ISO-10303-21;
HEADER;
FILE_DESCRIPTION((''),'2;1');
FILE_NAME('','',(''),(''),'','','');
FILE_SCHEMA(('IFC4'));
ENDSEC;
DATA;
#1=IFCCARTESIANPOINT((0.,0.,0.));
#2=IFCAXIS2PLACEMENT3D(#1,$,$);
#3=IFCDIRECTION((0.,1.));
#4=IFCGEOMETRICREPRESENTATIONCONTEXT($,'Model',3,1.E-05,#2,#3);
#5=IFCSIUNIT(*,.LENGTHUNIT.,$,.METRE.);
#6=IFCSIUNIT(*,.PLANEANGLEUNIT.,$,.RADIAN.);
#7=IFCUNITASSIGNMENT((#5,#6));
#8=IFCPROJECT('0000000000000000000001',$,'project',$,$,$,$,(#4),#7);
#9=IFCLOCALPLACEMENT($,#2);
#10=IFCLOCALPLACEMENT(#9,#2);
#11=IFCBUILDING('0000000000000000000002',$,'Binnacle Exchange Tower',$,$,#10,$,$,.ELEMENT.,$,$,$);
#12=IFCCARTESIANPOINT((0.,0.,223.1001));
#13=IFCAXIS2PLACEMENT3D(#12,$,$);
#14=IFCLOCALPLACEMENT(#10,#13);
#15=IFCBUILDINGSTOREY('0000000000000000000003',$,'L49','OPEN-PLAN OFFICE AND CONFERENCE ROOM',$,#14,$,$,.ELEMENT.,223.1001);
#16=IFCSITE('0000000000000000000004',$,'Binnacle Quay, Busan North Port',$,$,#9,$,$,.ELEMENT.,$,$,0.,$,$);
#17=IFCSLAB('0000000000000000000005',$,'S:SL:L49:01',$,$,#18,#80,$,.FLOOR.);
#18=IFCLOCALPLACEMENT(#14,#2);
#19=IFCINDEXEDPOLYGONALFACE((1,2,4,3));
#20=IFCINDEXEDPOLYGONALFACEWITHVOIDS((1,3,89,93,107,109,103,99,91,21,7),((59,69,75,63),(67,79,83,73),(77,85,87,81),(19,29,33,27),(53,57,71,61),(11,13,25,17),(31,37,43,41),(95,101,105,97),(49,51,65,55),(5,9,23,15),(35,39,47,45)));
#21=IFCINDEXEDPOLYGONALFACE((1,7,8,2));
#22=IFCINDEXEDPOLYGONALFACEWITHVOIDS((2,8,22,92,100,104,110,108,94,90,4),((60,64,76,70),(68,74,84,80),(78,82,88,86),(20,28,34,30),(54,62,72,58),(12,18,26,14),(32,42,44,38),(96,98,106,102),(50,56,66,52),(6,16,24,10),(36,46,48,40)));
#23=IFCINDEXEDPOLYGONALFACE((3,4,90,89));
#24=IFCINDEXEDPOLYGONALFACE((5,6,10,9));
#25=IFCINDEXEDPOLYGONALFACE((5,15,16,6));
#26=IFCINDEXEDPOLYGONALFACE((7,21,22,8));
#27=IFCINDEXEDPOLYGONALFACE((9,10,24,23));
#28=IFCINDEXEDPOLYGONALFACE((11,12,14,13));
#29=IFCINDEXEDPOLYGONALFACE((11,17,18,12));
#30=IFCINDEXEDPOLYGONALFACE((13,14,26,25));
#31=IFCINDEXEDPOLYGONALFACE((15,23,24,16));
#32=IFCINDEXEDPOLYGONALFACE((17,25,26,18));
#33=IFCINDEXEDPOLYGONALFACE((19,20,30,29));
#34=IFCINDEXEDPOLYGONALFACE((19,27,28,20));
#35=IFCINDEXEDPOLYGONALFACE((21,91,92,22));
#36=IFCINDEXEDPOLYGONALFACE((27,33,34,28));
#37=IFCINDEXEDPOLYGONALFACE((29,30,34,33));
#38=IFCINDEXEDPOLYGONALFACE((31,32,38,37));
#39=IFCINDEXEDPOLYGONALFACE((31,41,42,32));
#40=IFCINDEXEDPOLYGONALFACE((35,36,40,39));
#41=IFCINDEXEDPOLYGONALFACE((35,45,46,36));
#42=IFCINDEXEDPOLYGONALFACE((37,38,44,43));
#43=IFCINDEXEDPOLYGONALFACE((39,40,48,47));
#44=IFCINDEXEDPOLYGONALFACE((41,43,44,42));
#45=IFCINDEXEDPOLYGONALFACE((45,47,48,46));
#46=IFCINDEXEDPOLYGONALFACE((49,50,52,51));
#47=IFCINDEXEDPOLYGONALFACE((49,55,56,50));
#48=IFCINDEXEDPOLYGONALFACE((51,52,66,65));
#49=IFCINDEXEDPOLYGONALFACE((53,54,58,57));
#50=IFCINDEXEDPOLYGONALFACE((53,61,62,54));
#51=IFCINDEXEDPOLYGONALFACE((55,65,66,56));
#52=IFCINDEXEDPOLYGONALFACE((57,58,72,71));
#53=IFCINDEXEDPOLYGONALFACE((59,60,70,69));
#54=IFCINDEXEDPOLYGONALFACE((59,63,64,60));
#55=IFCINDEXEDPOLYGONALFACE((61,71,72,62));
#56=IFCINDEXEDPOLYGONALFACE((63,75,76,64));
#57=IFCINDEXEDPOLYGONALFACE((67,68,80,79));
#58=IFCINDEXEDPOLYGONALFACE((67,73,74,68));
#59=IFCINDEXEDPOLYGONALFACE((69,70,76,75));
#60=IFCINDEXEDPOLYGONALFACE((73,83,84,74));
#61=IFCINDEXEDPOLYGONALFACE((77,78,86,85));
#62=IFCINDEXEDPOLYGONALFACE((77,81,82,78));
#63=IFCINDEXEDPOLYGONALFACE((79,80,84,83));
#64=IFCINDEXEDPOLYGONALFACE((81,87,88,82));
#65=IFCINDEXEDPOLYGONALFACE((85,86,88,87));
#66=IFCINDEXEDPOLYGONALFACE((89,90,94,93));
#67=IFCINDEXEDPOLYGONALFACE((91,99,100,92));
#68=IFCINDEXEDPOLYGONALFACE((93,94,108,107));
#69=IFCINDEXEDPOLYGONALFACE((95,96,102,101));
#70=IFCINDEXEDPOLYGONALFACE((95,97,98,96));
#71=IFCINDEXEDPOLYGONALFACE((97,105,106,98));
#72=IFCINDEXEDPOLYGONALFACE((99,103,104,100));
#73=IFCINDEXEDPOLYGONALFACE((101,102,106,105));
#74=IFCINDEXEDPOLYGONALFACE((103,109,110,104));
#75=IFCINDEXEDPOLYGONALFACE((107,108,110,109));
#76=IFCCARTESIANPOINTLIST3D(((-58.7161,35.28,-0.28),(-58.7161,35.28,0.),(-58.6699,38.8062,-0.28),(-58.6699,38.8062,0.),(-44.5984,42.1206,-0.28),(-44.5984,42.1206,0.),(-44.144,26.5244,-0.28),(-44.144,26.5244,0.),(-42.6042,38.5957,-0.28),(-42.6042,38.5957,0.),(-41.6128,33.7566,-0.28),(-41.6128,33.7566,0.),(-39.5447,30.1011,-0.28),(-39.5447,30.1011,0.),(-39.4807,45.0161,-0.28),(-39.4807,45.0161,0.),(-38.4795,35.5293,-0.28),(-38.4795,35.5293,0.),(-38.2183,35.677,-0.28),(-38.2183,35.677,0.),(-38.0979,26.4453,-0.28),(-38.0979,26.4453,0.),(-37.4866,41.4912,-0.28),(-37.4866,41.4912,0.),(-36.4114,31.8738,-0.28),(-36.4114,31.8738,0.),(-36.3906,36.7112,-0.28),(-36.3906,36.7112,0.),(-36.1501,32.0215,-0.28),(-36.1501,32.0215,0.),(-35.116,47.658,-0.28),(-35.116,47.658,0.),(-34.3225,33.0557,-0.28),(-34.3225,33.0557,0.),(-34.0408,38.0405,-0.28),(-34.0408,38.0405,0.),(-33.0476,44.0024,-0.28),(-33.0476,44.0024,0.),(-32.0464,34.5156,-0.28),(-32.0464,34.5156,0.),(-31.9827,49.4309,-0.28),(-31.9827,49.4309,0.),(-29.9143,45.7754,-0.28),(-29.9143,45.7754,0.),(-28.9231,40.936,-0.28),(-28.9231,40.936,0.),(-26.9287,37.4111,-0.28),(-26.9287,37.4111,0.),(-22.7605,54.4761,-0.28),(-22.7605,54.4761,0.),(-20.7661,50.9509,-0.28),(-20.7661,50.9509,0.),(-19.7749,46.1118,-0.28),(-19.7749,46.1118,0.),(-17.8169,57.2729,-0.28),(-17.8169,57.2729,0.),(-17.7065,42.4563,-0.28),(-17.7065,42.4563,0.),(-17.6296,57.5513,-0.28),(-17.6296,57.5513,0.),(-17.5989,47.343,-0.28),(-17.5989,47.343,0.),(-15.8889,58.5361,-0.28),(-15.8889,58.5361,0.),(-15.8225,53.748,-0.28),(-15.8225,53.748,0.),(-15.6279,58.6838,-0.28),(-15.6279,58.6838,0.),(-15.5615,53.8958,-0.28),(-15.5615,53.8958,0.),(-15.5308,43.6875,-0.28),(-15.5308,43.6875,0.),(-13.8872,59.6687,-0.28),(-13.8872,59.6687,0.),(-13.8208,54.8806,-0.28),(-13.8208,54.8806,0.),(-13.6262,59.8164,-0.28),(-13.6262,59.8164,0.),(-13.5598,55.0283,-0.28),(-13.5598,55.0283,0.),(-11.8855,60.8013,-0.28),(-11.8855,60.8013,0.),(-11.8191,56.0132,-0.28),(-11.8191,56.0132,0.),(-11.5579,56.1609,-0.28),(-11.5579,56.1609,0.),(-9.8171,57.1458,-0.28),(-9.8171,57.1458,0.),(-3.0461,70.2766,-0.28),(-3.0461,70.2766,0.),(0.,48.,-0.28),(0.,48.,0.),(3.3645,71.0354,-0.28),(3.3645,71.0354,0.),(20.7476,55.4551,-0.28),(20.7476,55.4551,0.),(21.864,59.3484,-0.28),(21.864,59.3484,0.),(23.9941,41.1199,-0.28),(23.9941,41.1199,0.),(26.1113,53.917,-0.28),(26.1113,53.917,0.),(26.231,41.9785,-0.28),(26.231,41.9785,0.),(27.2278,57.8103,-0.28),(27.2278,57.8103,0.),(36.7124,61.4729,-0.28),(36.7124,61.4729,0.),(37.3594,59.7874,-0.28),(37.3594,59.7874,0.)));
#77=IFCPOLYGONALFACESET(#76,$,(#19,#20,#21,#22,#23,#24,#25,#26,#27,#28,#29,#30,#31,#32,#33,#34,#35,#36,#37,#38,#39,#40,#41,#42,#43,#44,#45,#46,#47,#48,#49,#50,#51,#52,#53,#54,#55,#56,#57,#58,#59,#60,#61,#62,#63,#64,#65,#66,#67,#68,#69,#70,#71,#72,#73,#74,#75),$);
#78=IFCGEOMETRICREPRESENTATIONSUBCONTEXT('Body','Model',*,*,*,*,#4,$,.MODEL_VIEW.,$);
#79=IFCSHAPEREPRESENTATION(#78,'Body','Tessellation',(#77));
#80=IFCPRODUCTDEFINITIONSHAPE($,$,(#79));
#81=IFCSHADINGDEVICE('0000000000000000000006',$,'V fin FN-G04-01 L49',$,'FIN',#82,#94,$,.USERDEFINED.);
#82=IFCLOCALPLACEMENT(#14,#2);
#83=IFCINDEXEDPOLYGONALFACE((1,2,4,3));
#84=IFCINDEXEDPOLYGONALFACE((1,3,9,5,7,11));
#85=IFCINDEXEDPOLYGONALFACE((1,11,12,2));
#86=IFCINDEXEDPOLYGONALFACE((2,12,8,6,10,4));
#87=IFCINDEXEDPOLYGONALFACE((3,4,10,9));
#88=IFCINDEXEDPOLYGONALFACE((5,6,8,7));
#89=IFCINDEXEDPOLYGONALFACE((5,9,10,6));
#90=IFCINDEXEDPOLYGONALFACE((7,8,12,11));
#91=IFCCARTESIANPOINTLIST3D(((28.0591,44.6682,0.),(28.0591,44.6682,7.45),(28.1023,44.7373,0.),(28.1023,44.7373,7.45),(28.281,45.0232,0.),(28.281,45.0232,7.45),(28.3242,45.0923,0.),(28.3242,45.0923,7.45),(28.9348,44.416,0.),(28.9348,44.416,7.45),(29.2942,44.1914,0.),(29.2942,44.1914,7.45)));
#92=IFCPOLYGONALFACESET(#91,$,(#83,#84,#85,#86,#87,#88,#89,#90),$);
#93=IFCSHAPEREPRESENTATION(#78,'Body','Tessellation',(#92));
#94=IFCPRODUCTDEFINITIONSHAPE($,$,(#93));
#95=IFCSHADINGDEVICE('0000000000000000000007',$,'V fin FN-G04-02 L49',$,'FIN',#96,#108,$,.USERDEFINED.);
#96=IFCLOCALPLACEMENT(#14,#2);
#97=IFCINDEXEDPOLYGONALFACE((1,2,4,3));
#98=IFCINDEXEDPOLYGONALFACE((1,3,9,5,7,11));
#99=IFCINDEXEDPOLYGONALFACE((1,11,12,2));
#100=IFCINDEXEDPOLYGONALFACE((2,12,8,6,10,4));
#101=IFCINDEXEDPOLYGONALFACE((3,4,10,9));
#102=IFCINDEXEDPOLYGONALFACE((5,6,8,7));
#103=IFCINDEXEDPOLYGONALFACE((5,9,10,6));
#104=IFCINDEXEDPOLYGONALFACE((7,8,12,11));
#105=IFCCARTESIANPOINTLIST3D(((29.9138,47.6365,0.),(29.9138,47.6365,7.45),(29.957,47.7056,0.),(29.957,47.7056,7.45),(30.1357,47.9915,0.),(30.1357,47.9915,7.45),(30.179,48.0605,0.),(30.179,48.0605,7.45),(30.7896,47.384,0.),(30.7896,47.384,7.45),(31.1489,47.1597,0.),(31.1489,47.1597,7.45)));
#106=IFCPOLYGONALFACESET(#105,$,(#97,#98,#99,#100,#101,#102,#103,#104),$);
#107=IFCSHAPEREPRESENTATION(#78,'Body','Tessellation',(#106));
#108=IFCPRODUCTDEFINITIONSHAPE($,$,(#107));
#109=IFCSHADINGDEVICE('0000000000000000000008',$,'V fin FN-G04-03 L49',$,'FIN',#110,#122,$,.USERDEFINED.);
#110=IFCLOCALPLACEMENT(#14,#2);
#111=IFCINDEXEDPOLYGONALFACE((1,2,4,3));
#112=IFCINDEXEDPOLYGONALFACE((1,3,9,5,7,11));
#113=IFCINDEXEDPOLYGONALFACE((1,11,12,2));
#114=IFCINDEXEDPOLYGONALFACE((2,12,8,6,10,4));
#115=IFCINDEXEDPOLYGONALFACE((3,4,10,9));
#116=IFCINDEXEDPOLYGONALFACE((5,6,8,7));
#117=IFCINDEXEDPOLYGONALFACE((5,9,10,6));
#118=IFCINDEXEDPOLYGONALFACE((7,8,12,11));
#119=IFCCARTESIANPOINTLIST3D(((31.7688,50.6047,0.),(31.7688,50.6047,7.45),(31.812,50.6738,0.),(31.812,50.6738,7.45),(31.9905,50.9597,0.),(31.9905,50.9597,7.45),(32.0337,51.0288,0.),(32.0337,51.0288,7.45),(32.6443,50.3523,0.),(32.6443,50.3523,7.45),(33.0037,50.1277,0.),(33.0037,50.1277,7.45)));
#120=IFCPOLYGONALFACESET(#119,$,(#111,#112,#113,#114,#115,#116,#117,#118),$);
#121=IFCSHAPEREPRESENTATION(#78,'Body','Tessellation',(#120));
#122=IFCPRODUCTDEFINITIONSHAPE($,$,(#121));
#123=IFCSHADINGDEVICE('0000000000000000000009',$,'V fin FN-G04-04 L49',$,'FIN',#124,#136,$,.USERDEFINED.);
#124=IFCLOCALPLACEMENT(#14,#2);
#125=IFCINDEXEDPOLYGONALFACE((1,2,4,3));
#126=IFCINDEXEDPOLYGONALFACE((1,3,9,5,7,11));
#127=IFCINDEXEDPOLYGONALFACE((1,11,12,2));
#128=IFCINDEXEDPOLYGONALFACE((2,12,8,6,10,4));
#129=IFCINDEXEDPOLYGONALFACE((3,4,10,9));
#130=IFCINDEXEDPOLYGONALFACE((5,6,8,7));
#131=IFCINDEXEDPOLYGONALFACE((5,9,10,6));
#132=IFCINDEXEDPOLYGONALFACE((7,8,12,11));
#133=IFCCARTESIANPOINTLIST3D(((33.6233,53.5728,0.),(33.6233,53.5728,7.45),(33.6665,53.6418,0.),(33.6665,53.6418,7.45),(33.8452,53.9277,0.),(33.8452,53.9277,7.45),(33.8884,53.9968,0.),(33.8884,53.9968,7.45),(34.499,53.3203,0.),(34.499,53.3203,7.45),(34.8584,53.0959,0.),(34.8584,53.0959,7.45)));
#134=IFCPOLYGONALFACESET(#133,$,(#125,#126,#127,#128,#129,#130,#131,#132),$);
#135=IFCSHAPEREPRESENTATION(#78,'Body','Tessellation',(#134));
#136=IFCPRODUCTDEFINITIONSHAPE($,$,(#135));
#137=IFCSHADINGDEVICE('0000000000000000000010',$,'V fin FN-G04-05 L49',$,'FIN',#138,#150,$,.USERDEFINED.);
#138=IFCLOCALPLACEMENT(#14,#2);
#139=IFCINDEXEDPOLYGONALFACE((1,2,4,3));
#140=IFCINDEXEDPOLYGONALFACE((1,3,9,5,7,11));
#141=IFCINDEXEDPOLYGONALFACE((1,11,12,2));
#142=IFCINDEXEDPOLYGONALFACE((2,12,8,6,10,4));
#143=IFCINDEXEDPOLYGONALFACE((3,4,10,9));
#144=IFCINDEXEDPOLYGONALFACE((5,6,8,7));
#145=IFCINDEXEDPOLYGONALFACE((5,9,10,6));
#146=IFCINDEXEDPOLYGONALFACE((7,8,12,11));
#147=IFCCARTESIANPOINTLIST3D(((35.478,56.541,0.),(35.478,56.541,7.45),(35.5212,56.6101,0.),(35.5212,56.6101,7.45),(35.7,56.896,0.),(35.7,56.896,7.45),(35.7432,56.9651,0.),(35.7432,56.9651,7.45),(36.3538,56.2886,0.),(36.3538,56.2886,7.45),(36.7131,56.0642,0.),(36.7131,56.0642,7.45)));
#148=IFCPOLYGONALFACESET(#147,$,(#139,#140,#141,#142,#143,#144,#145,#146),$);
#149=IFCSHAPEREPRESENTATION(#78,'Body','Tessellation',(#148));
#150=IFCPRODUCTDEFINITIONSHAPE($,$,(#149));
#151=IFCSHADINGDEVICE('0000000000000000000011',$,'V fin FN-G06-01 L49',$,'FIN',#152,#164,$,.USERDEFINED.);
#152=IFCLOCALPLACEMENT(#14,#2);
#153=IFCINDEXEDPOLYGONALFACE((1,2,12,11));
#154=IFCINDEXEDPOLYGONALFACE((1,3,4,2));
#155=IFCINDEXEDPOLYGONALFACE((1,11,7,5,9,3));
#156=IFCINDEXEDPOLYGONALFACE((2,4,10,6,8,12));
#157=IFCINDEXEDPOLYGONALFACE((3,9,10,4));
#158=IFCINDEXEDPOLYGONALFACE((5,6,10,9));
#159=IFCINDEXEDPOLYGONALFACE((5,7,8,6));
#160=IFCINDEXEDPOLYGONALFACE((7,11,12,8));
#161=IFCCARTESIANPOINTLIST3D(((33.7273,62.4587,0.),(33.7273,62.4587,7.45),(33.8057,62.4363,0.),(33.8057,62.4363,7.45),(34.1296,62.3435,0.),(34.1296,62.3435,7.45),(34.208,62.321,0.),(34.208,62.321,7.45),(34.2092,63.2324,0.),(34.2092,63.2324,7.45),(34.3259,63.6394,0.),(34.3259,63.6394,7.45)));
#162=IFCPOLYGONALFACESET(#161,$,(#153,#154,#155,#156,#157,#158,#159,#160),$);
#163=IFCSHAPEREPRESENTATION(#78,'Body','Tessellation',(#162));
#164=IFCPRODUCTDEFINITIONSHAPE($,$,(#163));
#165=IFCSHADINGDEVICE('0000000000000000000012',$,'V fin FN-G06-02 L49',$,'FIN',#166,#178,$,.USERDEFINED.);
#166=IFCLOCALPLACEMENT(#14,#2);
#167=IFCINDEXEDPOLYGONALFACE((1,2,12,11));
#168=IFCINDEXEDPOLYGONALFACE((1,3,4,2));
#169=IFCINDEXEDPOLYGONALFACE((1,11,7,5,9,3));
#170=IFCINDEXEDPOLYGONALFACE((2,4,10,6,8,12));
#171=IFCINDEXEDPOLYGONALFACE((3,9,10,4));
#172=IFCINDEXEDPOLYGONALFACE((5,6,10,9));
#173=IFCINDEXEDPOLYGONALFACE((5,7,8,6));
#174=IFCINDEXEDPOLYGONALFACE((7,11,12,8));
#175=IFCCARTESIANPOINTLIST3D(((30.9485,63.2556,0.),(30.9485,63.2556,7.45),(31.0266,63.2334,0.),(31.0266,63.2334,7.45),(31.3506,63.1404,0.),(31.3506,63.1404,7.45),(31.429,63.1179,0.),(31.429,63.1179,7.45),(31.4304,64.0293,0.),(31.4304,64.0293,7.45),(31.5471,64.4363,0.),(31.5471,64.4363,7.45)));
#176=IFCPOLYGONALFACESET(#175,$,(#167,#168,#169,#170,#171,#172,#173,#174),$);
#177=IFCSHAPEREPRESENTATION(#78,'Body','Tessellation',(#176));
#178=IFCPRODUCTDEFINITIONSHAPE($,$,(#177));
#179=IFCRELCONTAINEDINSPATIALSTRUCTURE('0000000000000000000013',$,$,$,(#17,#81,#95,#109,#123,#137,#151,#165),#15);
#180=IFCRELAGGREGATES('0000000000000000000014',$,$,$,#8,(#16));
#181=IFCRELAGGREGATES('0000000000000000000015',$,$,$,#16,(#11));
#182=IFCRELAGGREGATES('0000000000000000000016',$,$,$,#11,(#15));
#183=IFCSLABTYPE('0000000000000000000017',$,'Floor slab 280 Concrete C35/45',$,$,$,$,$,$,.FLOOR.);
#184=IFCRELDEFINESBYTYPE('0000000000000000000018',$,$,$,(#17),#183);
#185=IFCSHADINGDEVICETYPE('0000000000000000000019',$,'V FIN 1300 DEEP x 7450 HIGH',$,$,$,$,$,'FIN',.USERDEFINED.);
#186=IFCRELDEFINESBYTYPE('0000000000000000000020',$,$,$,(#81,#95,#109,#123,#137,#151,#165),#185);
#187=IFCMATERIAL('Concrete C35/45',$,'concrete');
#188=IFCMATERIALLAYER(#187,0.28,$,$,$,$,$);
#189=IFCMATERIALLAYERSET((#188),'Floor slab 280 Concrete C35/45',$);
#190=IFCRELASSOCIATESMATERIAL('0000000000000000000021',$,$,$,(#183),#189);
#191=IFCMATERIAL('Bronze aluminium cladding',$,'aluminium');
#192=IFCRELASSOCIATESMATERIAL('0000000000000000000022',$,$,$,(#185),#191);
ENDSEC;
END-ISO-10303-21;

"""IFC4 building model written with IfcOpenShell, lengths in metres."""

from ifc_helpers import new_model, si_unit, direction, frame, origin, place, context, subcontext, project, spatial, polyline, outline, extrude, material, layer, layer_set, type_object, element, save


model = new_model("IFC4")

# Units and contexts
model_context = context("Model", 3, precision=1e-05, world=origin(), true_north=direction((0.0, 1.0)))
body_context = subcontext(model_context, "Body", "Model", "MODEL_VIEW")
ifc_project = project(units=[si_unit("LENGTHUNIT", "METRE"), si_unit("PLANEANGLEUNIT", "RADIAN")], contexts=[model_context])

# Site, building, storey
site_placement = place(None, origin())
site = spatial("IfcSite", under=ifc_project, at=site_placement, Name="Binnacle Quay, Busan North Port", CompositionType="ELEMENT", RefElevation=0.0)
building_placement = place(site_placement, origin())
building = spatial("IfcBuilding", under=site, at=building_placement, Name="Binnacle Exchange Tower", CompositionType="ELEMENT")
storey_placement = place(building_placement, frame((0.0, 0.0, 223.1001)))
storey = spatial("IfcBuildingStorey", under=building, at=storey_placement, Name="L49", Description="OPEN-PLAN OFFICE AND CONFERENCE ROOM", CompositionType="ELEMENT", Elevation=223.1001)

# Slab
ifc_material_1 = material(Name="Concrete C35/45", Category="concrete")
ifc_layer = layer(ifc_material_1, 0.28)
ifc_layer_set = layer_set([ifc_layer], Name="Floor slab 280 Concrete C35/45")
slab_type = type_object("IfcSlabType", Name="Floor slab 280 Concrete C35/45", PredefinedType="FLOOR", material=ifc_layer_set)
slab_placement = place(storey_placement, frame((0.0, 0.0, -0.28)))
element("IfcSlab", 1, at=slab_placement, inside=storey, type_object=slab_type, Name="S:SL:L49:01", PredefinedType="FLOOR", context=body_context, shape_type="SweptSolid", body=[
    extrude(outline(polyline([(-58.7161, 35.28), (-58.6699, 38.8062), (-3.0461, 70.2766), (3.3645, 71.0354), (36.7124, 61.4729), (37.3594, 59.7874), (26.231, 41.9785), (23.9941, 41.1199), (0.0, 48.0), (-38.0979, 26.4453), (-44.144, 26.5244), (-58.7161, 35.28)]), holes=[polyline([(-38.4795, 35.5293), (-41.6128, 33.7566), (-39.5447, 30.1011), (-36.4114, 31.8738), (-38.4795, 35.5293)]), polyline([(-36.3906, 36.7112), (-38.2183, 35.677), (-36.1501, 32.0215), (-34.3225, 33.0557), (-36.3906, 36.7112)]), polyline([(-32.0464, 34.5156), (-26.9287, 37.4111), (-28.9231, 40.936), (-34.0408, 38.0405), (-32.0464, 34.5156)]), polyline([(-37.4866, 41.4912), (-39.4807, 45.0161), (-44.5984, 42.1206), (-42.6042, 38.5957), (-37.4866, 41.4912)]), polyline([(-29.9143, 45.7754), (-31.9827, 49.4309), (-35.116, 47.658), (-33.0476, 44.0024), (-29.9143, 45.7754)]), polyline([(-17.8169, 57.2729), (-22.7605, 54.4761), (-20.7661, 50.9509), (-15.8225, 53.748), (-17.8169, 57.2729)]), polyline([(-15.5308, 43.6875), (-17.5989, 47.343), (-19.7749, 46.1118), (-17.7065, 42.4563), (-15.5308, 43.6875)]), polyline([(-13.8208, 54.8806), (-15.8889, 58.5361), (-17.6296, 57.5513), (-15.5615, 53.8958), (-13.8208, 54.8806)]), polyline([(27.2278, 57.8103), (21.864, 59.3484), (20.7476, 55.4551), (26.1113, 53.917), (27.2278, 57.8103)]), polyline([(-11.8191, 56.0132), (-13.8872, 59.6687), (-15.6279, 58.6838), (-13.5598, 55.0283), (-11.8191, 56.0132)]), polyline([(-9.8171, 57.1458), (-11.8855, 60.8013), (-13.6262, 59.8164), (-11.5579, 56.1609), (-9.8171, 57.1458)])]), origin(), (0.0, 0.0, 1.0), 0.28),
])

# Shading devices
ifc_material_2 = material(Name="Bronze aluminium cladding", Category="aluminium")
shading_device_type = type_object("IfcShadingDeviceType", Name="V FIN 1300 DEEP x 7450 HIGH", ElementType="FIN", PredefinedType="USERDEFINED", material=ifc_material_2)
shading_device_1_placement = place(storey_placement, origin())
element("IfcShadingDevice", 2, at=shading_device_1_placement, inside=storey, type_object=shading_device_type, Name="V fin FN-G04-01 L49", ObjectType="FIN", PredefinedType="USERDEFINED", context=body_context, shape_type="SweptSolid", body=[
    extrude(outline(polyline([(28.0591, 44.6682), (29.2942, 44.1914), (28.3242, 45.0923), (28.281, 45.0232), (28.9348, 44.416), (28.1023, 44.7373), (28.0591, 44.6682)])), origin(), (0.0, 0.0, 1.0), 7.45),
])
shading_device_2_placement = place(storey_placement, origin())
element("IfcShadingDevice", 3, at=shading_device_2_placement, inside=storey, type_object=shading_device_type, Name="V fin FN-G04-02 L49", ObjectType="FIN", PredefinedType="USERDEFINED", context=body_context, shape_type="SweptSolid", body=[
    extrude(outline(polyline([(29.9138, 47.6365), (31.1489, 47.1597), (30.179, 48.0605), (30.1357, 47.9915), (30.7896, 47.384), (29.957, 47.7056), (29.9138, 47.6365)])), origin(), (0.0, 0.0, 1.0), 7.45),
])
shading_device_3_placement = place(storey_placement, origin())
element("IfcShadingDevice", 4, at=shading_device_3_placement, inside=storey, type_object=shading_device_type, Name="V fin FN-G04-03 L49", ObjectType="FIN", PredefinedType="USERDEFINED", context=body_context, shape_type="SweptSolid", body=[
    extrude(outline(polyline([(31.7688, 50.6047), (33.0037, 50.1277), (32.0337, 51.0288), (31.9905, 50.9597), (32.6443, 50.3523), (31.812, 50.6738), (31.7688, 50.6047)])), origin(), (0.0, 0.0, 1.0), 7.45),
])
shading_device_4_placement = place(storey_placement, origin())
element("IfcShadingDevice", 5, at=shading_device_4_placement, inside=storey, type_object=shading_device_type, Name="V fin FN-G04-04 L49", ObjectType="FIN", PredefinedType="USERDEFINED", context=body_context, shape_type="SweptSolid", body=[
    extrude(outline(polyline([(33.6233, 53.5728), (34.8584, 53.0959), (33.8884, 53.9968), (33.8452, 53.9277), (34.499, 53.3203), (33.6665, 53.6418), (33.6233, 53.5728)])), origin(), (0.0, 0.0, 1.0), 7.45),
])
shading_device_5_placement = place(storey_placement, origin())
element("IfcShadingDevice", 6, at=shading_device_5_placement, inside=storey, type_object=shading_device_type, Name="V fin FN-G04-05 L49", ObjectType="FIN", PredefinedType="USERDEFINED", context=body_context, shape_type="SweptSolid", body=[
    extrude(outline(polyline([(35.478, 56.541), (36.7131, 56.0642), (35.7432, 56.9651), (35.7, 56.896), (36.3538, 56.2886), (35.5212, 56.6101), (35.478, 56.541)])), origin(), (0.0, 0.0, 1.0), 7.45),
])
shading_device_6_placement = place(storey_placement, origin())
element("IfcShadingDevice", 7, at=shading_device_6_placement, inside=storey, type_object=shading_device_type, Name="V fin FN-G06-01 L49", ObjectType="FIN", PredefinedType="USERDEFINED", context=body_context, shape_type="SweptSolid", body=[
    extrude(outline(polyline([(34.208, 62.321), (34.3259, 63.6394), (33.7273, 62.4587), (33.8057, 62.4363), (34.2092, 63.2324), (34.1296, 62.3435), (34.208, 62.321)])), origin(), (0.0, 0.0, 1.0), 7.45),
])
shading_device_7_placement = place(storey_placement, origin())
element("IfcShadingDevice", 8, at=shading_device_7_placement, inside=storey, type_object=shading_device_type, Name="V fin FN-G06-02 L49", ObjectType="FIN", PredefinedType="USERDEFINED", context=body_context, shape_type="SweptSolid", body=[
    extrude(outline(polyline([(31.429, 63.1179), (31.5471, 64.4363), (30.9485, 63.2556), (31.0266, 63.2334), (31.4304, 64.0293), (31.3506, 63.1404), (31.429, 63.1179)])), origin(), (0.0, 0.0, 1.0), 7.45),
])

save(model, "model.ifc")
